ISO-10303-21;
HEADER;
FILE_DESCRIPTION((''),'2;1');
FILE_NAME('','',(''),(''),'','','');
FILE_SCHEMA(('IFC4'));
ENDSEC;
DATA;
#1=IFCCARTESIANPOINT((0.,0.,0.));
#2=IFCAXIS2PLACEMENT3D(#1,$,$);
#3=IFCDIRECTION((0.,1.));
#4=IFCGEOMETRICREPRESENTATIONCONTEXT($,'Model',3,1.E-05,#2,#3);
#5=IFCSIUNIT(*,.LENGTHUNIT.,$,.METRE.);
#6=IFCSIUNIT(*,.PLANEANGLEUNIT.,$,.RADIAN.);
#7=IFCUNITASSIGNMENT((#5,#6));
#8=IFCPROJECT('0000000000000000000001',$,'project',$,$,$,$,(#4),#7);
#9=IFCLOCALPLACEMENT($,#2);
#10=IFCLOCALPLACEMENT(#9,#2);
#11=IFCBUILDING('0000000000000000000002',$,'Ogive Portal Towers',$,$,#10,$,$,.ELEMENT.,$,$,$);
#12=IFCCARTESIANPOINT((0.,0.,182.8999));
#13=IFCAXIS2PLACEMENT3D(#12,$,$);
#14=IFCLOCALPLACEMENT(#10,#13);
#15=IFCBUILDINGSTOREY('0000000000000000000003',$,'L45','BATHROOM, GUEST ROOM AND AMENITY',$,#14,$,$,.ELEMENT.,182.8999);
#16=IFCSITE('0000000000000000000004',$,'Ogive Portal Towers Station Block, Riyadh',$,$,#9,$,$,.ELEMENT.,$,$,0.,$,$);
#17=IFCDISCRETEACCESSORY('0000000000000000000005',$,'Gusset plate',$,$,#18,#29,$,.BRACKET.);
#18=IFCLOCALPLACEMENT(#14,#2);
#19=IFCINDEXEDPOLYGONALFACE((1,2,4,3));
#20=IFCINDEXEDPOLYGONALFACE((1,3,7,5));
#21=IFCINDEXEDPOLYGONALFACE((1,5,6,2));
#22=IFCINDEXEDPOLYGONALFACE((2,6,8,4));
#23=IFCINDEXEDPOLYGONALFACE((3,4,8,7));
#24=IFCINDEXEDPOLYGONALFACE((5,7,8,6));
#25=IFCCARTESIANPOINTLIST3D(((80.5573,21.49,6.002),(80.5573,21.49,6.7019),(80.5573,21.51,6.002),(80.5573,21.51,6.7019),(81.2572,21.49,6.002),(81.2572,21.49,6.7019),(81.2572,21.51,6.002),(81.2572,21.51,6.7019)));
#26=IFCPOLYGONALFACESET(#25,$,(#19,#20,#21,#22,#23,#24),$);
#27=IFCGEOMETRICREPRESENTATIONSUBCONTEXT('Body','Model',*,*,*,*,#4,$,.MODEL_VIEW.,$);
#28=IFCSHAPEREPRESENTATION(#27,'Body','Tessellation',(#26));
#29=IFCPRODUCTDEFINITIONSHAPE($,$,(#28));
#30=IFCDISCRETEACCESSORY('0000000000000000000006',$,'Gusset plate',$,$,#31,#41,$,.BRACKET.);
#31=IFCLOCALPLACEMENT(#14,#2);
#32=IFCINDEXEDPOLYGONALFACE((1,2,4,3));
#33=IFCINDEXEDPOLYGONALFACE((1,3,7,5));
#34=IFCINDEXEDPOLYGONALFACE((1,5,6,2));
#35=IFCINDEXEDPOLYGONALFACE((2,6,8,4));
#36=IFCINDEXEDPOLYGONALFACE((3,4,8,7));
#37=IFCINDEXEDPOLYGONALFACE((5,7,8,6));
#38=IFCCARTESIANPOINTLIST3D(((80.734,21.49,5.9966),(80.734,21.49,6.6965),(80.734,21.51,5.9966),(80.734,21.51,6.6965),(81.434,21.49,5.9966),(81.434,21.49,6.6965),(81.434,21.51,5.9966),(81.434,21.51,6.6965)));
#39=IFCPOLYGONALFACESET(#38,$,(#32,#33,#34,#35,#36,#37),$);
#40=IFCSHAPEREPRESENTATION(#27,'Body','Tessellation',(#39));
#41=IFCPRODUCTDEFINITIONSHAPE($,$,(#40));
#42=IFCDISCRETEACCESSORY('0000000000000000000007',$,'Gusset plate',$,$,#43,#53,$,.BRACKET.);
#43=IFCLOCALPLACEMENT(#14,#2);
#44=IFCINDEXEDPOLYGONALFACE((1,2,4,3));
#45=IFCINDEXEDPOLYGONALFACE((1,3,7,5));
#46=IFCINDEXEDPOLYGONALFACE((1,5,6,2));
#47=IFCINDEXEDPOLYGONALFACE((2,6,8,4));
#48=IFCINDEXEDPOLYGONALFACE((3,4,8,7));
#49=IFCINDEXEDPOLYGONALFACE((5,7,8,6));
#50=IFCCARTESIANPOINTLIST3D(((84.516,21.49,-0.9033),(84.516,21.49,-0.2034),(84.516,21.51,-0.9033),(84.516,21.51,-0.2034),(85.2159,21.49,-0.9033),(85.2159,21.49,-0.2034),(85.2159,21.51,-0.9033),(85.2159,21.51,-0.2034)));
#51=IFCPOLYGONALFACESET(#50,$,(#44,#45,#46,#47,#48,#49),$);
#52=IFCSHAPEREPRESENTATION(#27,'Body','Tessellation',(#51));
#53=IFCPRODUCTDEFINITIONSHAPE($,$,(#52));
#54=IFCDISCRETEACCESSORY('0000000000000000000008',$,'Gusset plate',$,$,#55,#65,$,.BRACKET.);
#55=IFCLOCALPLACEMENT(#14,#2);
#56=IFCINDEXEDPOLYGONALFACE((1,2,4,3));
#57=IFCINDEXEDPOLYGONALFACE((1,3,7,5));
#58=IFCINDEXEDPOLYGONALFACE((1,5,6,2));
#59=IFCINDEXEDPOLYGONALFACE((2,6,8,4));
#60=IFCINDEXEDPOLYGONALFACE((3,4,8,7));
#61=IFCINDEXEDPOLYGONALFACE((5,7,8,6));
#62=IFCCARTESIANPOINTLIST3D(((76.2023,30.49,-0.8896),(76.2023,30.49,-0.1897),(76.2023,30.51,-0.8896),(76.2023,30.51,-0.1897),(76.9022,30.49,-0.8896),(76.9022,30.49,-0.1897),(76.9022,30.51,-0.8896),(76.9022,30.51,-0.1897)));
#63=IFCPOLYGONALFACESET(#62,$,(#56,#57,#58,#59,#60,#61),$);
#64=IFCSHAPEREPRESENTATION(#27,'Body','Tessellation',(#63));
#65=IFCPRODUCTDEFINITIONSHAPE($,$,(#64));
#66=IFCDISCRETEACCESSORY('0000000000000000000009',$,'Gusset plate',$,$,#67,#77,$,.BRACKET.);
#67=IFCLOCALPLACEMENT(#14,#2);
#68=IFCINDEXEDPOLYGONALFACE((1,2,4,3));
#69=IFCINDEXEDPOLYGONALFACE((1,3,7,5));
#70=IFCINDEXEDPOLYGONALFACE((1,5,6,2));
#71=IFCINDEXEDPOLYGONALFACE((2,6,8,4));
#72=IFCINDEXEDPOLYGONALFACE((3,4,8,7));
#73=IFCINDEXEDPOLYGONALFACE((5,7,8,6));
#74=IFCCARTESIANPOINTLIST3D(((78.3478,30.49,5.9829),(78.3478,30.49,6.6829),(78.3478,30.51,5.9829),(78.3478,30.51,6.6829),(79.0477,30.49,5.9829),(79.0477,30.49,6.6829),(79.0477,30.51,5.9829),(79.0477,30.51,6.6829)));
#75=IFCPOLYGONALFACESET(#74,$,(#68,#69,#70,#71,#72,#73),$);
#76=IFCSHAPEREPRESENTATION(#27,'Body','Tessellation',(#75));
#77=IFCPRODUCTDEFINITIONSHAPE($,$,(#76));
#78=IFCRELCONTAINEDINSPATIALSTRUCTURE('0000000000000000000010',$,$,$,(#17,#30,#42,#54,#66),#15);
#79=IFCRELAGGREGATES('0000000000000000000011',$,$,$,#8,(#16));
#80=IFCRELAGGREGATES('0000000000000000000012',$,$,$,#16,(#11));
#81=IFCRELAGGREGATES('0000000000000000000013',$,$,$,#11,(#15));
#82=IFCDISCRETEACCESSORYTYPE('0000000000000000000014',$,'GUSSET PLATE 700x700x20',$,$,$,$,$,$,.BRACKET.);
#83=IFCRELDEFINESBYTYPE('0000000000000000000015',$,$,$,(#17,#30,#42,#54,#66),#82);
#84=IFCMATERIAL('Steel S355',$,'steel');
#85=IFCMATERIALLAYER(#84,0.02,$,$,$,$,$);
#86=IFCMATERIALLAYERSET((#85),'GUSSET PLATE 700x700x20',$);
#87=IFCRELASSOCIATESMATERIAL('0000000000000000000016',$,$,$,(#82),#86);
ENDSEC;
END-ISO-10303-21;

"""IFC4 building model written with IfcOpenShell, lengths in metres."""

from ifc_helpers import new_model, si_unit, direction, frame, origin, origin_2d, place, context, subcontext, project, spatial, rectangle, extrude, material, layer, layer_set, type_object, element, save


model = new_model("IFC4")

# Units and contexts
model_context = context("Model", 3, precision=1e-05, world=origin(), true_north=direction((0.0, 1.0)))
body_context = subcontext(model_context, "Body", "Model", "MODEL_VIEW")
ifc_project = project(units=[si_unit("LENGTHUNIT", "METRE"), si_unit("PLANEANGLEUNIT", "RADIAN")], contexts=[model_context])

# Site, building, storey
site_placement = place(None, origin())
site = spatial("IfcSite", under=ifc_project, at=site_placement, Name="Ogive Portal Towers Station Block, Riyadh", CompositionType="ELEMENT", RefElevation=0.0)
building_placement = place(site_placement, origin())
building = spatial("IfcBuilding", under=site, at=building_placement, Name="Ogive Portal Towers", CompositionType="ELEMENT")
storey_placement = place(building_placement, frame((0.0, 0.0, 182.8999)))
storey = spatial("IfcBuildingStorey", under=building, at=storey_placement, Name="L45", Description="BATHROOM, GUEST ROOM AND AMENITY", CompositionType="ELEMENT", Elevation=182.8999)

# Shared definitions
ifc_material_1 = material(Name="Steel S355", Category="steel")

# Discrete accessories
ifc_layer_1 = layer(ifc_material_1, 0.02)
ifc_layer_set_1 = layer_set([ifc_layer_1], Name="GUSSET PLATE 700x700x20")
discrete_accessory_type = type_object("IfcDiscreteAccessoryType", Name="GUSSET PLATE 700x700x20", PredefinedType="BRACKET", material=ifc_layer_set_1)
for number, where, z_axis, x_axis, name in (
    (1, (80.9072, 21.5, 6.002), (0.0, 0.0, 1.0), (1.0, 0.0, 0.0), "Gusset plate"),
    (2, (81.084, 21.5, 5.9966), (0.0, 0.0, 1.0), (1.0, 0.0, 0.0), "Gusset plate"),
    (3, (84.866, 21.5, -0.9033), (0.0, 0.0, 1.0), (1.0, 0.0, 0.0), "Gusset plate"),
    (4, (76.5522, 30.5, -0.8896), (0.0, 0.0, 1.0), (1.0, 0.0, 0.0), "Gusset plate"),
    (5, (78.6978, 30.5, 5.9829), (0.0, 0.0, 1.0), (1.0, 0.0, 0.0), "Gusset plate"),
):
    element("IfcDiscreteAccessory", number, at=place(storey_placement, frame(where, z_axis=z_axis, x_axis=x_axis)), inside=storey, type_object=discrete_accessory_type, Name=name, PredefinedType="BRACKET", context=body_context, shape_type="SweptSolid", body=[
        extrude(rectangle(XDim=0.7, YDim=0.02, at=origin_2d()), origin(), (0.0, 0.0, 1.0), 0.7),
    ])

save(model, "model.ifc")
